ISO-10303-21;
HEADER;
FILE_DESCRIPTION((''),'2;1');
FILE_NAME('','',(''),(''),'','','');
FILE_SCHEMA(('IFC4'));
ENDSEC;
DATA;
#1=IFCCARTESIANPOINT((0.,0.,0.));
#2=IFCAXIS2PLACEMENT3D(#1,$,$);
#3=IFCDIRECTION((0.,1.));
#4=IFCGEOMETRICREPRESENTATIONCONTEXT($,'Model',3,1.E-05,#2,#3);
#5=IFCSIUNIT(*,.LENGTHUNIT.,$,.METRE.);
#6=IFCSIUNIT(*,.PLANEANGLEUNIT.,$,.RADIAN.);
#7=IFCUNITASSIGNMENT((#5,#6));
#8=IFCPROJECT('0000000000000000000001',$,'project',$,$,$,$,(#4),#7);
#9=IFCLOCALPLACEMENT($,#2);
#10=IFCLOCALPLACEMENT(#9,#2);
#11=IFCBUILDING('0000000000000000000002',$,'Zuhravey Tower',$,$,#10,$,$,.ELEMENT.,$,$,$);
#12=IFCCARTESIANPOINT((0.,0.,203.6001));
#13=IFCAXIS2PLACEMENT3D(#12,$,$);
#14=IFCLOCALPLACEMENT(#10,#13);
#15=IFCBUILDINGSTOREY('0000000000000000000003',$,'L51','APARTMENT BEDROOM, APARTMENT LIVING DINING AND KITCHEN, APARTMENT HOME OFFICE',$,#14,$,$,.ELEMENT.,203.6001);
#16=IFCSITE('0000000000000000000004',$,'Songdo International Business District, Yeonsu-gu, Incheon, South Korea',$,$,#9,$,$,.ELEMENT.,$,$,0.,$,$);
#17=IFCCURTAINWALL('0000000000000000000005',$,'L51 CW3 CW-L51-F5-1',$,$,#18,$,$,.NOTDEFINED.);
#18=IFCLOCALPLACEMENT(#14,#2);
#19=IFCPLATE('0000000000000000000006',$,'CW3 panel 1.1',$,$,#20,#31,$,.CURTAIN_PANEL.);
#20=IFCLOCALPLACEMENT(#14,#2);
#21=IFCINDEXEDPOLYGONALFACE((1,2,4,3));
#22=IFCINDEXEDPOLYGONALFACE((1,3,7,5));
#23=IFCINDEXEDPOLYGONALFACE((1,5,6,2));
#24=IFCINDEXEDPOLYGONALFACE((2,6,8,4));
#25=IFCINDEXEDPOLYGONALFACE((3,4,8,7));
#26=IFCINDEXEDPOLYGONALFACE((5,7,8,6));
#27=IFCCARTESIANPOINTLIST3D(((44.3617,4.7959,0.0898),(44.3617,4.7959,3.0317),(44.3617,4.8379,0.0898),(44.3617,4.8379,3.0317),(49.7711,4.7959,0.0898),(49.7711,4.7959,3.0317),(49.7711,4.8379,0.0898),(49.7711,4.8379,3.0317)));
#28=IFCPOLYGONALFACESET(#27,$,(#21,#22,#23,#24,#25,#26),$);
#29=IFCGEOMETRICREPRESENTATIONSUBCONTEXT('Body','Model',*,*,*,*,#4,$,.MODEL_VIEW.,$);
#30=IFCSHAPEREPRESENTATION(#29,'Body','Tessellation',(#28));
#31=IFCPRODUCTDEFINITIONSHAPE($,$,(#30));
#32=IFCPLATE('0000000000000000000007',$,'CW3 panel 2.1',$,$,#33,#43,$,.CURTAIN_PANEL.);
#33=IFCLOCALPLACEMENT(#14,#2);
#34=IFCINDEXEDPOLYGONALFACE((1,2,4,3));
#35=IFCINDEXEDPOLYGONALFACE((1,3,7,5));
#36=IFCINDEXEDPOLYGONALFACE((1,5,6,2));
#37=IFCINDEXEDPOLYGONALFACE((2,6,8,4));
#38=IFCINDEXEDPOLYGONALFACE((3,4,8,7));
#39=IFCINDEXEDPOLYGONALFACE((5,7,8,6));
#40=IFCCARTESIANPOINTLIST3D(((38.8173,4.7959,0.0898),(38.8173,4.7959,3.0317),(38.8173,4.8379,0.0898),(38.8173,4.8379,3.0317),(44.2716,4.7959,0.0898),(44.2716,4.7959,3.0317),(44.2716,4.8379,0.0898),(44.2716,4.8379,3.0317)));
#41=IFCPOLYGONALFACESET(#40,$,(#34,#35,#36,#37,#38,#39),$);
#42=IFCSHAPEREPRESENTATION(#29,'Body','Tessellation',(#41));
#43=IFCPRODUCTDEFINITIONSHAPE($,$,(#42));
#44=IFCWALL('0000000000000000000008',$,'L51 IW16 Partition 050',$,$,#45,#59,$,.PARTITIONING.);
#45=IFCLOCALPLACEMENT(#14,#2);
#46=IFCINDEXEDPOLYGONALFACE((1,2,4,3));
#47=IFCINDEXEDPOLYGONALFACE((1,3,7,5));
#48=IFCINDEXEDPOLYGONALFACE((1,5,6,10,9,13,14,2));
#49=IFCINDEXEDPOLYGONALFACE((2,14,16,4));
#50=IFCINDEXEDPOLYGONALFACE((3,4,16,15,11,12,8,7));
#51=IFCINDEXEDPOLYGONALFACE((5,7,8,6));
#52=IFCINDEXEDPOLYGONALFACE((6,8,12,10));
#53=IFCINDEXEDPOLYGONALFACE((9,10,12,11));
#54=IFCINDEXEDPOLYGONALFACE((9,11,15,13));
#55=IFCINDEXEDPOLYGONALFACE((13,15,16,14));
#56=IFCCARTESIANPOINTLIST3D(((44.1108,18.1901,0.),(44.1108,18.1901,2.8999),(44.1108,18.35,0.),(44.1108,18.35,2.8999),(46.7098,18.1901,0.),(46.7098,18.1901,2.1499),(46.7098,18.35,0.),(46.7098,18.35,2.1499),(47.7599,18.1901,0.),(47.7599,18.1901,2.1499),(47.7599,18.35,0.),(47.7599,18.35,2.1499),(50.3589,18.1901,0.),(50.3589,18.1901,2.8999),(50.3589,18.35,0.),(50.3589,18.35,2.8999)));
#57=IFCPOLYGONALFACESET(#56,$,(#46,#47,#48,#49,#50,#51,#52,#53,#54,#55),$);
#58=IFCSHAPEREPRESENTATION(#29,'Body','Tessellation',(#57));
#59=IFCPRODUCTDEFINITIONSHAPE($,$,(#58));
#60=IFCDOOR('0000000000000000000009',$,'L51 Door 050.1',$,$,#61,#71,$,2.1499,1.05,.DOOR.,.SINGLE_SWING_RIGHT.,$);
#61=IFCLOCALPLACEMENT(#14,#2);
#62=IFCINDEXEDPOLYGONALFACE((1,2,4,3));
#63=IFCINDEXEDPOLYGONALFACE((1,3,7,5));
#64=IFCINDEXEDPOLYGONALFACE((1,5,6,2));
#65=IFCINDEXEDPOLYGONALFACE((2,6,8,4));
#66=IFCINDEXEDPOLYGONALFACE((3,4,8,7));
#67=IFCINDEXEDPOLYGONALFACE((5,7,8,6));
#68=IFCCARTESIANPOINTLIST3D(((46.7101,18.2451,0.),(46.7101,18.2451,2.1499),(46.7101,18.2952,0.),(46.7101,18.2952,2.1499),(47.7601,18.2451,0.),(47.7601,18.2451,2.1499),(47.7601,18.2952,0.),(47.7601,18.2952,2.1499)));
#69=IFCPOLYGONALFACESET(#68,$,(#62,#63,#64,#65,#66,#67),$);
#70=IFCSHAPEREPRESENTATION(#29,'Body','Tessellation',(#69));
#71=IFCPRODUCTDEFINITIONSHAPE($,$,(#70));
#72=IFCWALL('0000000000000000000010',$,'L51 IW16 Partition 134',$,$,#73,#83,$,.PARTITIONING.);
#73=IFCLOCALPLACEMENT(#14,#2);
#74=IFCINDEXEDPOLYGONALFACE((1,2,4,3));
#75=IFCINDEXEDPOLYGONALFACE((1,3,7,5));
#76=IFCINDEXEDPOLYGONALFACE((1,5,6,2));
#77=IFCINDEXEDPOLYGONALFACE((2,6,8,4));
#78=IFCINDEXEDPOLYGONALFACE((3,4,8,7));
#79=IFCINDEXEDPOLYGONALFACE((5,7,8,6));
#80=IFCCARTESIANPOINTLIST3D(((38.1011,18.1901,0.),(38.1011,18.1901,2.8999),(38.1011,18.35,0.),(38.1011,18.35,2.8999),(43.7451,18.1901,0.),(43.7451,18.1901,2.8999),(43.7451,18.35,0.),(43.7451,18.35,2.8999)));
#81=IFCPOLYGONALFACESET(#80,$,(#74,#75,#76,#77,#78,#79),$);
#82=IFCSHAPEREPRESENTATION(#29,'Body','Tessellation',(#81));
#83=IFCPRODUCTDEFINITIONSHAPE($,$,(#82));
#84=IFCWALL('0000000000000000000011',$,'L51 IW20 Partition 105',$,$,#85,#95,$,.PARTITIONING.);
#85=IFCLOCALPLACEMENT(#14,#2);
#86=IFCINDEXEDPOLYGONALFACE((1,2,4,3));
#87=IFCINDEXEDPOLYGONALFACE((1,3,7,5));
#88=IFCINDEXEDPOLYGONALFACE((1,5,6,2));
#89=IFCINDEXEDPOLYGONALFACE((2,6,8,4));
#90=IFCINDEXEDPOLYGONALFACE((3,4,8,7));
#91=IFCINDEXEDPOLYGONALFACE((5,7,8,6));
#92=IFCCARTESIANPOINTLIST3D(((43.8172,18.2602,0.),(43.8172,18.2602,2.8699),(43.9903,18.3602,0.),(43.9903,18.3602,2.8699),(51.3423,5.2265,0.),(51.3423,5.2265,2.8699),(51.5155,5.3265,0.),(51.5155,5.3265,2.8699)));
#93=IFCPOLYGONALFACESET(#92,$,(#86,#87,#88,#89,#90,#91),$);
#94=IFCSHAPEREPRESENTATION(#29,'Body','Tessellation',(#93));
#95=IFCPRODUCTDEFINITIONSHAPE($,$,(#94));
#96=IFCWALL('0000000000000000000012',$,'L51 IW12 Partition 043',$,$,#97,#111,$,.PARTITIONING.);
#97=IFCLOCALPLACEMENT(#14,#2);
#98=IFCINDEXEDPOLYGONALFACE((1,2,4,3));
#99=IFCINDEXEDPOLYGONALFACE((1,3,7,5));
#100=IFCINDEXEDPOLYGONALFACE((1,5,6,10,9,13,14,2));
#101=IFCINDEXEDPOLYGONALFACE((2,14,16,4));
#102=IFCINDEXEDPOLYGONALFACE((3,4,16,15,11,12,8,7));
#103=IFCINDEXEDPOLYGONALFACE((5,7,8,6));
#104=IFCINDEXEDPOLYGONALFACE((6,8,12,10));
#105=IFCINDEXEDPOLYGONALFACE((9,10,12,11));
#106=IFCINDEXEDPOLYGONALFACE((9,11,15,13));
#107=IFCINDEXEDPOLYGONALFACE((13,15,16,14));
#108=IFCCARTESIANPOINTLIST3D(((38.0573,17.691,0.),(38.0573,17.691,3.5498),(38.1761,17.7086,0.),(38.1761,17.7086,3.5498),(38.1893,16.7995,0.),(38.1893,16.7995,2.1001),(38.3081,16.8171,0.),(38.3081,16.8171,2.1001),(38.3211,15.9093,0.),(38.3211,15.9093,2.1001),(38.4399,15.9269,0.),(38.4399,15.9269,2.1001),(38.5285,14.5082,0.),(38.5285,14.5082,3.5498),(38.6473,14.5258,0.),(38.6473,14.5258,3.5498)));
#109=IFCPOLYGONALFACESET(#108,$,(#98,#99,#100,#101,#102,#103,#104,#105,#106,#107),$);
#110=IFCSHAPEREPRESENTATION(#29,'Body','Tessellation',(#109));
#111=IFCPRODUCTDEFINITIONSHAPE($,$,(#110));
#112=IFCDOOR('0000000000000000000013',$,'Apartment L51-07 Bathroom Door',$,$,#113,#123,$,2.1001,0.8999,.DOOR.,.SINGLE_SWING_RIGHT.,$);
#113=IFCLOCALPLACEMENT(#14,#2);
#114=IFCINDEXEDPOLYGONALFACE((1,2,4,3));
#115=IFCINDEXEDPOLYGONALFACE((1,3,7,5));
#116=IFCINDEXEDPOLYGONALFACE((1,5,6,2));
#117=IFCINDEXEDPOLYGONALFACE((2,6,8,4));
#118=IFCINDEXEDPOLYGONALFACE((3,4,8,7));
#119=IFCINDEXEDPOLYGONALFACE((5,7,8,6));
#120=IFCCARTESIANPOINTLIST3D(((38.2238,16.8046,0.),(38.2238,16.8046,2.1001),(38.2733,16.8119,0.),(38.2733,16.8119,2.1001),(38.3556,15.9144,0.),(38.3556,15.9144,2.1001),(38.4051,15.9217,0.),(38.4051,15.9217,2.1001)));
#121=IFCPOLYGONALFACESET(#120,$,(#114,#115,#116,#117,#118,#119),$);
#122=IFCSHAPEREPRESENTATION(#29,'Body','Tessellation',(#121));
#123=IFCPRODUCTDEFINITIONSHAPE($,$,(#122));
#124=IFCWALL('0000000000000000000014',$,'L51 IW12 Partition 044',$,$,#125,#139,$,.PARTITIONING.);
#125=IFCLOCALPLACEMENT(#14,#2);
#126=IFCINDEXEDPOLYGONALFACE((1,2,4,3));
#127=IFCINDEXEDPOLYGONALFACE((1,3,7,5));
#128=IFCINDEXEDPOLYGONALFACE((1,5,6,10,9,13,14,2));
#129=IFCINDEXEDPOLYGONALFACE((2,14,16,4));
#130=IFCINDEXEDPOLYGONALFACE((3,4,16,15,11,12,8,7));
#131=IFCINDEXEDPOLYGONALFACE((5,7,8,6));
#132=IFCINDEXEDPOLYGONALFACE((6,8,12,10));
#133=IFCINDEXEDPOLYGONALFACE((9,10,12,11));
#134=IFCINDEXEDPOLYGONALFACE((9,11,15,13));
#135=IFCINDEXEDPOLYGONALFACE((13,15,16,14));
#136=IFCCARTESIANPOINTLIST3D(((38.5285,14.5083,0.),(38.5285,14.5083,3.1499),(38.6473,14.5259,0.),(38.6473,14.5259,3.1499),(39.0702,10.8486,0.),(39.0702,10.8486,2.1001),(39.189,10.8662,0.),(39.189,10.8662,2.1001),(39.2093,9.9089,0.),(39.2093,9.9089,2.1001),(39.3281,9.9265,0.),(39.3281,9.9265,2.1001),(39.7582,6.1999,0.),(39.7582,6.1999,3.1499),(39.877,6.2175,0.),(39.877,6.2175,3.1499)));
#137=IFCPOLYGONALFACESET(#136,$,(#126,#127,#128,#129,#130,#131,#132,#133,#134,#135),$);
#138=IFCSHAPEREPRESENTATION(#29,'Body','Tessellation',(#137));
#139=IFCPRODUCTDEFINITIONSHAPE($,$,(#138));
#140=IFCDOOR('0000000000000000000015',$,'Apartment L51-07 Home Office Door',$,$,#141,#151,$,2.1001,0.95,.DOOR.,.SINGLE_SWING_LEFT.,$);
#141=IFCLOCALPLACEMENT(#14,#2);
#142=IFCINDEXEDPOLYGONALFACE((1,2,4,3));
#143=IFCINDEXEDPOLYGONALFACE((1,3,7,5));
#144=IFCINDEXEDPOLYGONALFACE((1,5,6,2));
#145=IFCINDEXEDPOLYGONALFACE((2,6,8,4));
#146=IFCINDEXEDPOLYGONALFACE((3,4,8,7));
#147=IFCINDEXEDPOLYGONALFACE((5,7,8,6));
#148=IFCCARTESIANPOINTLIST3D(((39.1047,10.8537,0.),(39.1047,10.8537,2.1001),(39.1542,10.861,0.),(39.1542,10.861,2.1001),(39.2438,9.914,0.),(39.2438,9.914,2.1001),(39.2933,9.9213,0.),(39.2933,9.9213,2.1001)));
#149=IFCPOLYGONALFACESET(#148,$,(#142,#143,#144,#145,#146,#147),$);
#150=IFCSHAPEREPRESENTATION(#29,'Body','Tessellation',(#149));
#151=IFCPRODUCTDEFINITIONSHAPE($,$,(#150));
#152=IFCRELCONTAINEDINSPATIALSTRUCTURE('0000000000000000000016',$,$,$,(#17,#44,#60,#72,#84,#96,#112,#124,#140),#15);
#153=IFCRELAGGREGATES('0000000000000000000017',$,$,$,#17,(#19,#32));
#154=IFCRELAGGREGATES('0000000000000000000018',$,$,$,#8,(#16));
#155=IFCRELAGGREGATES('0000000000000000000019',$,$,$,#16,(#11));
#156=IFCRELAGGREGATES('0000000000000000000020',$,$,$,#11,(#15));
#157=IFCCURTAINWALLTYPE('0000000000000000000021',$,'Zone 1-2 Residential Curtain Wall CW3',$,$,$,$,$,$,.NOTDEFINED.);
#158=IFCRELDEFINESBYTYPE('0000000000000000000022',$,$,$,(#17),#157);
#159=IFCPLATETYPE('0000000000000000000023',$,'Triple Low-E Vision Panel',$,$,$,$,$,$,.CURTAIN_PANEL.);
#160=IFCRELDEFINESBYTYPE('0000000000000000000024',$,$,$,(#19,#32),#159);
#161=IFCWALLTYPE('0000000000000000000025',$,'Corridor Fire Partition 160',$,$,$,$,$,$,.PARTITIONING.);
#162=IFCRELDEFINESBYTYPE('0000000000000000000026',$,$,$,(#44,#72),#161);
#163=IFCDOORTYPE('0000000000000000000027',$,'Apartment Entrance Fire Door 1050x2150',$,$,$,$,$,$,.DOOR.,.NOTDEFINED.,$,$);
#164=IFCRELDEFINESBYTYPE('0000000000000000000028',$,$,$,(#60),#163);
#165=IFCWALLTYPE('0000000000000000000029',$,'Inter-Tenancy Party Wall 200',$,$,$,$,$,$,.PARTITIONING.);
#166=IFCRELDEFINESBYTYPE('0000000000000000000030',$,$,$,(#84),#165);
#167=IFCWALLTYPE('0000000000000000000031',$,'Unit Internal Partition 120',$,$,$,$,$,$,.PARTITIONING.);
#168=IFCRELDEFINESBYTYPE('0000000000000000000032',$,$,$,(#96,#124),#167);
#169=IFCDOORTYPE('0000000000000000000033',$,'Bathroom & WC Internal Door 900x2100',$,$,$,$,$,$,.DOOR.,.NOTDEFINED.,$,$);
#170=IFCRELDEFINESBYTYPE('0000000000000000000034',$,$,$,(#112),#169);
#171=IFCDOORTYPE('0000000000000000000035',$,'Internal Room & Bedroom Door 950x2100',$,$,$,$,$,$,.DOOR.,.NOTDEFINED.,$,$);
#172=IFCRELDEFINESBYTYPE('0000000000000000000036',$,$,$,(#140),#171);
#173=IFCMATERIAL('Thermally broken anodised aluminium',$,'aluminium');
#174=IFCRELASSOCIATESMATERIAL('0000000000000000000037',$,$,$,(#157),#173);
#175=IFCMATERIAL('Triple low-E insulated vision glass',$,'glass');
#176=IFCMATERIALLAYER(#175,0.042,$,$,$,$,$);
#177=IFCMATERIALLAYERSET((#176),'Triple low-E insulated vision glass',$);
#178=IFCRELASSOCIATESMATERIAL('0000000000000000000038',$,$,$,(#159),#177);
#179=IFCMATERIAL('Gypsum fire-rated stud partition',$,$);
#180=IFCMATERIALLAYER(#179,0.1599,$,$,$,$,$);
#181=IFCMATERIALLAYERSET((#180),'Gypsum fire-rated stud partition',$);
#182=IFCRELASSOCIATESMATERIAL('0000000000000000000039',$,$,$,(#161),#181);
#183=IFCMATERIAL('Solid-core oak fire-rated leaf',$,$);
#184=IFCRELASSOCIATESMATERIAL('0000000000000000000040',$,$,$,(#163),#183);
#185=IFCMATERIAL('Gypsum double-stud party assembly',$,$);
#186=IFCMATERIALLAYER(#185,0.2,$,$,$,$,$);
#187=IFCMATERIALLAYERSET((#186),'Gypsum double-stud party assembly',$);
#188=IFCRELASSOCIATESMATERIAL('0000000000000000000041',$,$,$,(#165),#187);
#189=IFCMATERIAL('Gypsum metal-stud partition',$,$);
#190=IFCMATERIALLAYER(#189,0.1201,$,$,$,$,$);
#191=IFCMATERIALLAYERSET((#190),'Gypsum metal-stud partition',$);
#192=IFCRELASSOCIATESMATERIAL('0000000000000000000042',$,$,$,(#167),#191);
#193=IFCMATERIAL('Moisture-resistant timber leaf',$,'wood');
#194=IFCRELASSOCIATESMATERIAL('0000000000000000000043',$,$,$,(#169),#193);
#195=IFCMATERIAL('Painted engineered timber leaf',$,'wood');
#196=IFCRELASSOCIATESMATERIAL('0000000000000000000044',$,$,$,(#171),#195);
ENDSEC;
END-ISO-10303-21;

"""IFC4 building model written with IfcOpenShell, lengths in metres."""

from ifc_helpers import new_model, si_unit, direction, frame, frame_2d, origin, origin_2d, place, context, subcontext, project, spatial, rectangle, extrude, material, layer, layer_set, type_object, element, fill, aggregate, save


model = new_model("IFC4")

# Units and contexts
model_context = context("Model", 3, precision=1e-05, world=origin(), true_north=direction((0.0, 1.0)))
body_context = subcontext(model_context, "Body", "Model", "MODEL_VIEW")
ifc_project = project(units=[si_unit("LENGTHUNIT", "METRE"), si_unit("PLANEANGLEUNIT", "RADIAN")], contexts=[model_context])

# Site, building, storey
site_placement = place(None, origin())
site = spatial("IfcSite", under=ifc_project, at=site_placement, Name="Songdo International Business District, Yeonsu-gu, Incheon, South Korea", CompositionType="ELEMENT", RefElevation=0.0)
building_placement = place(site_placement, origin())
building = spatial("IfcBuilding", under=site, at=building_placement, Name="Zuhravey Tower", CompositionType="ELEMENT")
storey_placement = place(building_placement, frame((0.0, 0.0, 203.6001)))
storey = spatial("IfcBuildingStorey", under=building, at=storey_placement, Name="L51", Description="APARTMENT BEDROOM, APARTMENT LIVING DINING AND KITCHEN, APARTMENT HOME OFFICE", CompositionType="ELEMENT", Elevation=203.6001)

# Curtain wall
ifc_material_1 = material(Name="Thermally broken anodised aluminium", Category="aluminium")
curtain_wall_type = type_object("IfcCurtainWallType", Name="Zone 1-2 Residential Curtain Wall CW3", PredefinedType="NOTDEFINED", material=ifc_material_1)
curtain_wall_placement = place(storey_placement, origin())
curtain_wall = element("IfcCurtainWall", 1, at=curtain_wall_placement, inside=storey, type_object=curtain_wall_type, Name="L51 CW3 CW-L51-F5-1", PredefinedType="NOTDEFINED")

# Plates
ifc_material_2 = material(Name="Triple low-E insulated vision glass", Category="glass")
ifc_layer_1 = layer(ifc_material_2, 0.042)
ifc_layer_set_1 = layer_set([ifc_layer_1], Name="Triple low-E insulated vision glass")
plate_type = type_object("IfcPlateType", Name="Triple Low-E Vision Panel", PredefinedType="CURTAIN_PANEL", material=ifc_layer_set_1)
plate_1_placement = place(storey_placement, frame((47.0664, 4.8169, 0.0898), z_axis=(0.0, 0.0, 1.0), x_axis=(-1.0, 0.0, 0.0)))
plate_1 = element("IfcPlate", 2, at=plate_1_placement, type_object=plate_type, Name="CW3 panel 1.1", PredefinedType="CURTAIN_PANEL", context=body_context, shape_type="SweptSolid", body=[
    extrude(rectangle(XDim=5.4094, YDim=0.042, at=origin_2d()), origin(), (0.0, 0.0, 1.0), 2.9419),
])
plate_2_placement = place(storey_placement, frame((41.5444, 4.8169, 0.0898), z_axis=(0.0, 0.0, 1.0), x_axis=(-1.0, 0.0, 0.0)))
plate_2 = element("IfcPlate", 3, at=plate_2_placement, type_object=plate_type, Name="CW3 panel 2.1", PredefinedType="CURTAIN_PANEL", context=body_context, shape_type="SweptSolid", body=[
    extrude(rectangle(XDim=5.4543, YDim=0.042, at=origin_2d()), origin(), (0.0, 0.0, 1.0), 2.9419),
])
aggregate(curtain_wall, [plate_1, plate_2])

# Wall, opening, door
ifc_material_3 = material(Name="Gypsum fire-rated stud partition")
ifc_layer_2 = layer(ifc_material_3, 0.1599)
ifc_layer_set_2 = layer_set([ifc_layer_2], Name="Gypsum fire-rated stud partition")
wall_type_1 = type_object("IfcWallType", Name="Corridor Fire Partition 160", PredefinedType="PARTITIONING", material=ifc_layer_set_2)
wall_1_placement = place(storey_placement, frame((44.1108, 18.27, 0.0), z_axis=(0.0, 0.0, 1.0), x_axis=(1.0, 0.0, 0.0)))
wall_1 = element("IfcWall", 4, at=wall_1_placement, inside=storey, type_object=wall_type_1, Name="L51 IW16 Partition 050", PredefinedType="PARTITIONING", context=body_context, shape_type="SweptSolid", body=[
    extrude(rectangle(XDim=6.248, YDim=0.1599, at=frame_2d((3.124, 0.0))), origin(), (0.0, 0.0, 1.0), 2.8999),
])
opening_1_placement = place(wall_1_placement, frame((2.5991, 0.0, 0.0)))
opening_1 = element("IfcOpeningElement", 5, at=opening_1_placement, cuts=wall_1, PredefinedType="OPENING", context=body_context, shape_type="SweptSolid", body=[
    extrude(rectangle(XDim=1.05, YDim=2.1499, at=frame_2d((0.5249, 1.075))), frame((0.0, 0.092, 0.0), z_axis=(0.0, -1.0, 0.0), x_axis=(1.0, 0.0, 0.0)), (0.0, 0.0, 1.0), 0.1838),
])
ifc_material_4 = material(Name="Solid-core oak fire-rated leaf")
door_type_1 = type_object("IfcDoorType", Name="Apartment Entrance Fire Door 1050x2150", OperationType="NOTDEFINED", PredefinedType="DOOR", material=ifc_material_4)
door_1_placement = place(opening_1_placement, frame((1.05, 0.0, 0.0), z_axis=(0.0, 0.0, 1.0), x_axis=(-1.0, 0.0, 0.0)))
door_1 = element("IfcDoor", 6, at=door_1_placement, inside=storey, type_object=door_type_1, Name="L51 Door 050.1", OperationType="SINGLE_SWING_RIGHT", OverallHeight=2.1499, OverallWidth=1.05, PredefinedType="DOOR", context=body_context, shape_type="SweptSolid", body=[
    extrude(rectangle(XDim=1.05, YDim=2.1499, at=frame_2d((0.5249, 1.075))), frame((0.0, 0.0249, 0.0), z_axis=(0.0, -1.0, 0.0), x_axis=(1.0, 0.0, 0.0)), (0.0, 0.0, 1.0), 0.05),
])
fill(opening_1, door_1)

# Walls
wall_2_placement = place(storey_placement, frame((38.1011, 18.27, 0.0), z_axis=(0.0, 0.0, 1.0), x_axis=(1.0, 0.0, 0.0)))
element("IfcWall", 7, at=wall_2_placement, inside=storey, type_object=wall_type_1, Name="L51 IW16 Partition 134", PredefinedType="PARTITIONING", context=body_context, shape_type="SweptSolid", body=[
    extrude(rectangle(XDim=5.644, YDim=0.1599, at=frame_2d((2.822, 0.0))), origin(), (0.0, 0.0, 1.0), 2.8999),
])
ifc_material_5 = material(Name="Gypsum double-stud party assembly")
ifc_layer_3 = layer(ifc_material_5, 0.2)
ifc_layer_set_3 = layer_set([ifc_layer_3], Name="Gypsum double-stud party assembly")
wall_type_2 = type_object("IfcWallType", Name="Inter-Tenancy Party Wall 200", PredefinedType="PARTITIONING", material=ifc_layer_set_3)
wall_3_placement = place(storey_placement, frame((43.9038, 18.3101, 0.0), z_axis=(0.0, 0.0, 1.0), x_axis=(0.500007, -0.866021, 0.0)))
element("IfcWall", 8, at=wall_3_placement, inside=storey, type_object=wall_type_2, Name="L51 IW20 Partition 105", PredefinedType="PARTITIONING", context=body_context, shape_type="SweptSolid", body=[
    extrude(rectangle(XDim=15.05, YDim=0.2, at=frame_2d((7.5249, 0.0))), origin(), (0.0, 0.0, 1.0), 2.8699),
])

# Walls, openings, doors
ifc_material_6 = material(Name="Gypsum metal-stud partition")
ifc_layer_4 = layer(ifc_material_6, 0.1201)
ifc_layer_set_4 = layer_set([ifc_layer_4], Name="Gypsum metal-stud partition")
wall_type_3 = type_object("IfcWallType", Name="Unit Internal Partition 120", PredefinedType="PARTITIONING", material=ifc_layer_set_4)
wall_4_placement = place(storey_placement, frame((38.1167, 17.7, 0.0), z_axis=(0.0, 0.0, 1.0), x_axis=(0.146444, -0.989219, 0.0)))
wall_4 = element("IfcWall", 9, at=wall_4_placement, inside=storey, type_object=wall_type_3, Name="L51 IW12 Partition 043", PredefinedType="PARTITIONING", context=body_context, shape_type="SweptSolid", body=[
    extrude(rectangle(XDim=3.2175, YDim=0.1201, at=frame_2d((1.6089, 0.0))), origin(), (0.0, 0.0, 1.0), 3.5498),
])
opening_2_placement = place(wall_4_placement, frame((0.9014, 0.0, 0.0)))
opening_2 = element("IfcOpeningElement", 10, at=opening_2_placement, cuts=wall_4, PredefinedType="OPENING", context=body_context, shape_type="SweptSolid", body=[
    extrude(rectangle(XDim=0.8999, YDim=2.1001, at=frame_2d((0.45, 1.05))), frame((0.0, 0.072, 0.0), z_axis=(0.0, -1.0, 0.0), x_axis=(1.0, 0.0, 0.0)), (0.0, 0.0, 1.0), 0.144),
])
ifc_material_7 = material(Name="Moisture-resistant timber leaf", Category="wood")
door_type_2 = type_object("IfcDoorType", Name="Bathroom & WC Internal Door 900x2100", OperationType="NOTDEFINED", PredefinedType="DOOR", material=ifc_material_7)
door_2_placement = place(opening_2_placement, origin())
door_2 = element("IfcDoor", 11, at=door_2_placement, inside=storey, type_object=door_type_2, Name="Apartment L51-07 Bathroom Door", OperationType="SINGLE_SWING_RIGHT", OverallHeight=2.1001, OverallWidth=0.8999, PredefinedType="DOOR", context=body_context, shape_type="SweptSolid", body=[
    extrude(rectangle(XDim=0.8999, YDim=2.1001, at=frame_2d((0.45, 1.05))), frame((0.0, 0.0249, 0.0), z_axis=(0.0, -1.0, 0.0), x_axis=(1.0, 0.0, 0.0)), (0.0, 0.0, 1.0), 0.05),
])
fill(opening_2, door_2)
wall_5_placement = place(storey_placement, frame((38.5879, 14.5171, 0.0), z_axis=(0.0, 0.0, 1.0), x_axis=(0.146417, -0.989223, 0.0)))
wall_5 = element("IfcWall", 12, at=wall_5_placement, inside=storey, type_object=wall_type_3, Name="L51 IW12 Partition 044", PredefinedType="PARTITIONING", context=body_context, shape_type="SweptSolid", body=[
    extrude(rectangle(XDim=8.3989, YDim=0.1201, at=frame_2d((4.1995, 0.0))), origin(), (0.0, 0.0, 1.0), 3.1499),
])
opening_3_placement = place(wall_5_placement, frame((3.6995, 0.0, 0.0)))
opening_3 = element("IfcOpeningElement", 13, at=opening_3_placement, cuts=wall_5, PredefinedType="OPENING", context=body_context, shape_type="SweptSolid", body=[
    extrude(rectangle(XDim=0.95, YDim=2.1001, at=frame_2d((0.4751, 1.05))), frame((0.0, 0.072, 0.0), z_axis=(0.0, -1.0, 0.0), x_axis=(1.0, 0.0, 0.0)), (0.0, 0.0, 1.0), 0.144),
])
ifc_material_8 = material(Name="Painted engineered timber leaf", Category="wood")
door_type_3 = type_object("IfcDoorType", Name="Internal Room & Bedroom Door 950x2100", OperationType="NOTDEFINED", PredefinedType="DOOR", material=ifc_material_8)
door_3_placement = place(opening_3_placement, origin())
door_3 = element("IfcDoor", 14, at=door_3_placement, inside=storey, type_object=door_type_3, Name="Apartment L51-07 Home Office Door", OperationType="SINGLE_SWING_LEFT", OverallHeight=2.1001, OverallWidth=0.95, PredefinedType="DOOR", context=body_context, shape_type="SweptSolid", body=[
    extrude(rectangle(XDim=0.95, YDim=2.1001, at=frame_2d((0.4751, 1.05))), frame((0.0, 0.0249, 0.0), z_axis=(0.0, -1.0, 0.0), x_axis=(1.0, 0.0, 0.0)), (0.0, 0.0, 1.0), 0.05),
])
fill(opening_3, door_3)

save(model, "model.ifc")
